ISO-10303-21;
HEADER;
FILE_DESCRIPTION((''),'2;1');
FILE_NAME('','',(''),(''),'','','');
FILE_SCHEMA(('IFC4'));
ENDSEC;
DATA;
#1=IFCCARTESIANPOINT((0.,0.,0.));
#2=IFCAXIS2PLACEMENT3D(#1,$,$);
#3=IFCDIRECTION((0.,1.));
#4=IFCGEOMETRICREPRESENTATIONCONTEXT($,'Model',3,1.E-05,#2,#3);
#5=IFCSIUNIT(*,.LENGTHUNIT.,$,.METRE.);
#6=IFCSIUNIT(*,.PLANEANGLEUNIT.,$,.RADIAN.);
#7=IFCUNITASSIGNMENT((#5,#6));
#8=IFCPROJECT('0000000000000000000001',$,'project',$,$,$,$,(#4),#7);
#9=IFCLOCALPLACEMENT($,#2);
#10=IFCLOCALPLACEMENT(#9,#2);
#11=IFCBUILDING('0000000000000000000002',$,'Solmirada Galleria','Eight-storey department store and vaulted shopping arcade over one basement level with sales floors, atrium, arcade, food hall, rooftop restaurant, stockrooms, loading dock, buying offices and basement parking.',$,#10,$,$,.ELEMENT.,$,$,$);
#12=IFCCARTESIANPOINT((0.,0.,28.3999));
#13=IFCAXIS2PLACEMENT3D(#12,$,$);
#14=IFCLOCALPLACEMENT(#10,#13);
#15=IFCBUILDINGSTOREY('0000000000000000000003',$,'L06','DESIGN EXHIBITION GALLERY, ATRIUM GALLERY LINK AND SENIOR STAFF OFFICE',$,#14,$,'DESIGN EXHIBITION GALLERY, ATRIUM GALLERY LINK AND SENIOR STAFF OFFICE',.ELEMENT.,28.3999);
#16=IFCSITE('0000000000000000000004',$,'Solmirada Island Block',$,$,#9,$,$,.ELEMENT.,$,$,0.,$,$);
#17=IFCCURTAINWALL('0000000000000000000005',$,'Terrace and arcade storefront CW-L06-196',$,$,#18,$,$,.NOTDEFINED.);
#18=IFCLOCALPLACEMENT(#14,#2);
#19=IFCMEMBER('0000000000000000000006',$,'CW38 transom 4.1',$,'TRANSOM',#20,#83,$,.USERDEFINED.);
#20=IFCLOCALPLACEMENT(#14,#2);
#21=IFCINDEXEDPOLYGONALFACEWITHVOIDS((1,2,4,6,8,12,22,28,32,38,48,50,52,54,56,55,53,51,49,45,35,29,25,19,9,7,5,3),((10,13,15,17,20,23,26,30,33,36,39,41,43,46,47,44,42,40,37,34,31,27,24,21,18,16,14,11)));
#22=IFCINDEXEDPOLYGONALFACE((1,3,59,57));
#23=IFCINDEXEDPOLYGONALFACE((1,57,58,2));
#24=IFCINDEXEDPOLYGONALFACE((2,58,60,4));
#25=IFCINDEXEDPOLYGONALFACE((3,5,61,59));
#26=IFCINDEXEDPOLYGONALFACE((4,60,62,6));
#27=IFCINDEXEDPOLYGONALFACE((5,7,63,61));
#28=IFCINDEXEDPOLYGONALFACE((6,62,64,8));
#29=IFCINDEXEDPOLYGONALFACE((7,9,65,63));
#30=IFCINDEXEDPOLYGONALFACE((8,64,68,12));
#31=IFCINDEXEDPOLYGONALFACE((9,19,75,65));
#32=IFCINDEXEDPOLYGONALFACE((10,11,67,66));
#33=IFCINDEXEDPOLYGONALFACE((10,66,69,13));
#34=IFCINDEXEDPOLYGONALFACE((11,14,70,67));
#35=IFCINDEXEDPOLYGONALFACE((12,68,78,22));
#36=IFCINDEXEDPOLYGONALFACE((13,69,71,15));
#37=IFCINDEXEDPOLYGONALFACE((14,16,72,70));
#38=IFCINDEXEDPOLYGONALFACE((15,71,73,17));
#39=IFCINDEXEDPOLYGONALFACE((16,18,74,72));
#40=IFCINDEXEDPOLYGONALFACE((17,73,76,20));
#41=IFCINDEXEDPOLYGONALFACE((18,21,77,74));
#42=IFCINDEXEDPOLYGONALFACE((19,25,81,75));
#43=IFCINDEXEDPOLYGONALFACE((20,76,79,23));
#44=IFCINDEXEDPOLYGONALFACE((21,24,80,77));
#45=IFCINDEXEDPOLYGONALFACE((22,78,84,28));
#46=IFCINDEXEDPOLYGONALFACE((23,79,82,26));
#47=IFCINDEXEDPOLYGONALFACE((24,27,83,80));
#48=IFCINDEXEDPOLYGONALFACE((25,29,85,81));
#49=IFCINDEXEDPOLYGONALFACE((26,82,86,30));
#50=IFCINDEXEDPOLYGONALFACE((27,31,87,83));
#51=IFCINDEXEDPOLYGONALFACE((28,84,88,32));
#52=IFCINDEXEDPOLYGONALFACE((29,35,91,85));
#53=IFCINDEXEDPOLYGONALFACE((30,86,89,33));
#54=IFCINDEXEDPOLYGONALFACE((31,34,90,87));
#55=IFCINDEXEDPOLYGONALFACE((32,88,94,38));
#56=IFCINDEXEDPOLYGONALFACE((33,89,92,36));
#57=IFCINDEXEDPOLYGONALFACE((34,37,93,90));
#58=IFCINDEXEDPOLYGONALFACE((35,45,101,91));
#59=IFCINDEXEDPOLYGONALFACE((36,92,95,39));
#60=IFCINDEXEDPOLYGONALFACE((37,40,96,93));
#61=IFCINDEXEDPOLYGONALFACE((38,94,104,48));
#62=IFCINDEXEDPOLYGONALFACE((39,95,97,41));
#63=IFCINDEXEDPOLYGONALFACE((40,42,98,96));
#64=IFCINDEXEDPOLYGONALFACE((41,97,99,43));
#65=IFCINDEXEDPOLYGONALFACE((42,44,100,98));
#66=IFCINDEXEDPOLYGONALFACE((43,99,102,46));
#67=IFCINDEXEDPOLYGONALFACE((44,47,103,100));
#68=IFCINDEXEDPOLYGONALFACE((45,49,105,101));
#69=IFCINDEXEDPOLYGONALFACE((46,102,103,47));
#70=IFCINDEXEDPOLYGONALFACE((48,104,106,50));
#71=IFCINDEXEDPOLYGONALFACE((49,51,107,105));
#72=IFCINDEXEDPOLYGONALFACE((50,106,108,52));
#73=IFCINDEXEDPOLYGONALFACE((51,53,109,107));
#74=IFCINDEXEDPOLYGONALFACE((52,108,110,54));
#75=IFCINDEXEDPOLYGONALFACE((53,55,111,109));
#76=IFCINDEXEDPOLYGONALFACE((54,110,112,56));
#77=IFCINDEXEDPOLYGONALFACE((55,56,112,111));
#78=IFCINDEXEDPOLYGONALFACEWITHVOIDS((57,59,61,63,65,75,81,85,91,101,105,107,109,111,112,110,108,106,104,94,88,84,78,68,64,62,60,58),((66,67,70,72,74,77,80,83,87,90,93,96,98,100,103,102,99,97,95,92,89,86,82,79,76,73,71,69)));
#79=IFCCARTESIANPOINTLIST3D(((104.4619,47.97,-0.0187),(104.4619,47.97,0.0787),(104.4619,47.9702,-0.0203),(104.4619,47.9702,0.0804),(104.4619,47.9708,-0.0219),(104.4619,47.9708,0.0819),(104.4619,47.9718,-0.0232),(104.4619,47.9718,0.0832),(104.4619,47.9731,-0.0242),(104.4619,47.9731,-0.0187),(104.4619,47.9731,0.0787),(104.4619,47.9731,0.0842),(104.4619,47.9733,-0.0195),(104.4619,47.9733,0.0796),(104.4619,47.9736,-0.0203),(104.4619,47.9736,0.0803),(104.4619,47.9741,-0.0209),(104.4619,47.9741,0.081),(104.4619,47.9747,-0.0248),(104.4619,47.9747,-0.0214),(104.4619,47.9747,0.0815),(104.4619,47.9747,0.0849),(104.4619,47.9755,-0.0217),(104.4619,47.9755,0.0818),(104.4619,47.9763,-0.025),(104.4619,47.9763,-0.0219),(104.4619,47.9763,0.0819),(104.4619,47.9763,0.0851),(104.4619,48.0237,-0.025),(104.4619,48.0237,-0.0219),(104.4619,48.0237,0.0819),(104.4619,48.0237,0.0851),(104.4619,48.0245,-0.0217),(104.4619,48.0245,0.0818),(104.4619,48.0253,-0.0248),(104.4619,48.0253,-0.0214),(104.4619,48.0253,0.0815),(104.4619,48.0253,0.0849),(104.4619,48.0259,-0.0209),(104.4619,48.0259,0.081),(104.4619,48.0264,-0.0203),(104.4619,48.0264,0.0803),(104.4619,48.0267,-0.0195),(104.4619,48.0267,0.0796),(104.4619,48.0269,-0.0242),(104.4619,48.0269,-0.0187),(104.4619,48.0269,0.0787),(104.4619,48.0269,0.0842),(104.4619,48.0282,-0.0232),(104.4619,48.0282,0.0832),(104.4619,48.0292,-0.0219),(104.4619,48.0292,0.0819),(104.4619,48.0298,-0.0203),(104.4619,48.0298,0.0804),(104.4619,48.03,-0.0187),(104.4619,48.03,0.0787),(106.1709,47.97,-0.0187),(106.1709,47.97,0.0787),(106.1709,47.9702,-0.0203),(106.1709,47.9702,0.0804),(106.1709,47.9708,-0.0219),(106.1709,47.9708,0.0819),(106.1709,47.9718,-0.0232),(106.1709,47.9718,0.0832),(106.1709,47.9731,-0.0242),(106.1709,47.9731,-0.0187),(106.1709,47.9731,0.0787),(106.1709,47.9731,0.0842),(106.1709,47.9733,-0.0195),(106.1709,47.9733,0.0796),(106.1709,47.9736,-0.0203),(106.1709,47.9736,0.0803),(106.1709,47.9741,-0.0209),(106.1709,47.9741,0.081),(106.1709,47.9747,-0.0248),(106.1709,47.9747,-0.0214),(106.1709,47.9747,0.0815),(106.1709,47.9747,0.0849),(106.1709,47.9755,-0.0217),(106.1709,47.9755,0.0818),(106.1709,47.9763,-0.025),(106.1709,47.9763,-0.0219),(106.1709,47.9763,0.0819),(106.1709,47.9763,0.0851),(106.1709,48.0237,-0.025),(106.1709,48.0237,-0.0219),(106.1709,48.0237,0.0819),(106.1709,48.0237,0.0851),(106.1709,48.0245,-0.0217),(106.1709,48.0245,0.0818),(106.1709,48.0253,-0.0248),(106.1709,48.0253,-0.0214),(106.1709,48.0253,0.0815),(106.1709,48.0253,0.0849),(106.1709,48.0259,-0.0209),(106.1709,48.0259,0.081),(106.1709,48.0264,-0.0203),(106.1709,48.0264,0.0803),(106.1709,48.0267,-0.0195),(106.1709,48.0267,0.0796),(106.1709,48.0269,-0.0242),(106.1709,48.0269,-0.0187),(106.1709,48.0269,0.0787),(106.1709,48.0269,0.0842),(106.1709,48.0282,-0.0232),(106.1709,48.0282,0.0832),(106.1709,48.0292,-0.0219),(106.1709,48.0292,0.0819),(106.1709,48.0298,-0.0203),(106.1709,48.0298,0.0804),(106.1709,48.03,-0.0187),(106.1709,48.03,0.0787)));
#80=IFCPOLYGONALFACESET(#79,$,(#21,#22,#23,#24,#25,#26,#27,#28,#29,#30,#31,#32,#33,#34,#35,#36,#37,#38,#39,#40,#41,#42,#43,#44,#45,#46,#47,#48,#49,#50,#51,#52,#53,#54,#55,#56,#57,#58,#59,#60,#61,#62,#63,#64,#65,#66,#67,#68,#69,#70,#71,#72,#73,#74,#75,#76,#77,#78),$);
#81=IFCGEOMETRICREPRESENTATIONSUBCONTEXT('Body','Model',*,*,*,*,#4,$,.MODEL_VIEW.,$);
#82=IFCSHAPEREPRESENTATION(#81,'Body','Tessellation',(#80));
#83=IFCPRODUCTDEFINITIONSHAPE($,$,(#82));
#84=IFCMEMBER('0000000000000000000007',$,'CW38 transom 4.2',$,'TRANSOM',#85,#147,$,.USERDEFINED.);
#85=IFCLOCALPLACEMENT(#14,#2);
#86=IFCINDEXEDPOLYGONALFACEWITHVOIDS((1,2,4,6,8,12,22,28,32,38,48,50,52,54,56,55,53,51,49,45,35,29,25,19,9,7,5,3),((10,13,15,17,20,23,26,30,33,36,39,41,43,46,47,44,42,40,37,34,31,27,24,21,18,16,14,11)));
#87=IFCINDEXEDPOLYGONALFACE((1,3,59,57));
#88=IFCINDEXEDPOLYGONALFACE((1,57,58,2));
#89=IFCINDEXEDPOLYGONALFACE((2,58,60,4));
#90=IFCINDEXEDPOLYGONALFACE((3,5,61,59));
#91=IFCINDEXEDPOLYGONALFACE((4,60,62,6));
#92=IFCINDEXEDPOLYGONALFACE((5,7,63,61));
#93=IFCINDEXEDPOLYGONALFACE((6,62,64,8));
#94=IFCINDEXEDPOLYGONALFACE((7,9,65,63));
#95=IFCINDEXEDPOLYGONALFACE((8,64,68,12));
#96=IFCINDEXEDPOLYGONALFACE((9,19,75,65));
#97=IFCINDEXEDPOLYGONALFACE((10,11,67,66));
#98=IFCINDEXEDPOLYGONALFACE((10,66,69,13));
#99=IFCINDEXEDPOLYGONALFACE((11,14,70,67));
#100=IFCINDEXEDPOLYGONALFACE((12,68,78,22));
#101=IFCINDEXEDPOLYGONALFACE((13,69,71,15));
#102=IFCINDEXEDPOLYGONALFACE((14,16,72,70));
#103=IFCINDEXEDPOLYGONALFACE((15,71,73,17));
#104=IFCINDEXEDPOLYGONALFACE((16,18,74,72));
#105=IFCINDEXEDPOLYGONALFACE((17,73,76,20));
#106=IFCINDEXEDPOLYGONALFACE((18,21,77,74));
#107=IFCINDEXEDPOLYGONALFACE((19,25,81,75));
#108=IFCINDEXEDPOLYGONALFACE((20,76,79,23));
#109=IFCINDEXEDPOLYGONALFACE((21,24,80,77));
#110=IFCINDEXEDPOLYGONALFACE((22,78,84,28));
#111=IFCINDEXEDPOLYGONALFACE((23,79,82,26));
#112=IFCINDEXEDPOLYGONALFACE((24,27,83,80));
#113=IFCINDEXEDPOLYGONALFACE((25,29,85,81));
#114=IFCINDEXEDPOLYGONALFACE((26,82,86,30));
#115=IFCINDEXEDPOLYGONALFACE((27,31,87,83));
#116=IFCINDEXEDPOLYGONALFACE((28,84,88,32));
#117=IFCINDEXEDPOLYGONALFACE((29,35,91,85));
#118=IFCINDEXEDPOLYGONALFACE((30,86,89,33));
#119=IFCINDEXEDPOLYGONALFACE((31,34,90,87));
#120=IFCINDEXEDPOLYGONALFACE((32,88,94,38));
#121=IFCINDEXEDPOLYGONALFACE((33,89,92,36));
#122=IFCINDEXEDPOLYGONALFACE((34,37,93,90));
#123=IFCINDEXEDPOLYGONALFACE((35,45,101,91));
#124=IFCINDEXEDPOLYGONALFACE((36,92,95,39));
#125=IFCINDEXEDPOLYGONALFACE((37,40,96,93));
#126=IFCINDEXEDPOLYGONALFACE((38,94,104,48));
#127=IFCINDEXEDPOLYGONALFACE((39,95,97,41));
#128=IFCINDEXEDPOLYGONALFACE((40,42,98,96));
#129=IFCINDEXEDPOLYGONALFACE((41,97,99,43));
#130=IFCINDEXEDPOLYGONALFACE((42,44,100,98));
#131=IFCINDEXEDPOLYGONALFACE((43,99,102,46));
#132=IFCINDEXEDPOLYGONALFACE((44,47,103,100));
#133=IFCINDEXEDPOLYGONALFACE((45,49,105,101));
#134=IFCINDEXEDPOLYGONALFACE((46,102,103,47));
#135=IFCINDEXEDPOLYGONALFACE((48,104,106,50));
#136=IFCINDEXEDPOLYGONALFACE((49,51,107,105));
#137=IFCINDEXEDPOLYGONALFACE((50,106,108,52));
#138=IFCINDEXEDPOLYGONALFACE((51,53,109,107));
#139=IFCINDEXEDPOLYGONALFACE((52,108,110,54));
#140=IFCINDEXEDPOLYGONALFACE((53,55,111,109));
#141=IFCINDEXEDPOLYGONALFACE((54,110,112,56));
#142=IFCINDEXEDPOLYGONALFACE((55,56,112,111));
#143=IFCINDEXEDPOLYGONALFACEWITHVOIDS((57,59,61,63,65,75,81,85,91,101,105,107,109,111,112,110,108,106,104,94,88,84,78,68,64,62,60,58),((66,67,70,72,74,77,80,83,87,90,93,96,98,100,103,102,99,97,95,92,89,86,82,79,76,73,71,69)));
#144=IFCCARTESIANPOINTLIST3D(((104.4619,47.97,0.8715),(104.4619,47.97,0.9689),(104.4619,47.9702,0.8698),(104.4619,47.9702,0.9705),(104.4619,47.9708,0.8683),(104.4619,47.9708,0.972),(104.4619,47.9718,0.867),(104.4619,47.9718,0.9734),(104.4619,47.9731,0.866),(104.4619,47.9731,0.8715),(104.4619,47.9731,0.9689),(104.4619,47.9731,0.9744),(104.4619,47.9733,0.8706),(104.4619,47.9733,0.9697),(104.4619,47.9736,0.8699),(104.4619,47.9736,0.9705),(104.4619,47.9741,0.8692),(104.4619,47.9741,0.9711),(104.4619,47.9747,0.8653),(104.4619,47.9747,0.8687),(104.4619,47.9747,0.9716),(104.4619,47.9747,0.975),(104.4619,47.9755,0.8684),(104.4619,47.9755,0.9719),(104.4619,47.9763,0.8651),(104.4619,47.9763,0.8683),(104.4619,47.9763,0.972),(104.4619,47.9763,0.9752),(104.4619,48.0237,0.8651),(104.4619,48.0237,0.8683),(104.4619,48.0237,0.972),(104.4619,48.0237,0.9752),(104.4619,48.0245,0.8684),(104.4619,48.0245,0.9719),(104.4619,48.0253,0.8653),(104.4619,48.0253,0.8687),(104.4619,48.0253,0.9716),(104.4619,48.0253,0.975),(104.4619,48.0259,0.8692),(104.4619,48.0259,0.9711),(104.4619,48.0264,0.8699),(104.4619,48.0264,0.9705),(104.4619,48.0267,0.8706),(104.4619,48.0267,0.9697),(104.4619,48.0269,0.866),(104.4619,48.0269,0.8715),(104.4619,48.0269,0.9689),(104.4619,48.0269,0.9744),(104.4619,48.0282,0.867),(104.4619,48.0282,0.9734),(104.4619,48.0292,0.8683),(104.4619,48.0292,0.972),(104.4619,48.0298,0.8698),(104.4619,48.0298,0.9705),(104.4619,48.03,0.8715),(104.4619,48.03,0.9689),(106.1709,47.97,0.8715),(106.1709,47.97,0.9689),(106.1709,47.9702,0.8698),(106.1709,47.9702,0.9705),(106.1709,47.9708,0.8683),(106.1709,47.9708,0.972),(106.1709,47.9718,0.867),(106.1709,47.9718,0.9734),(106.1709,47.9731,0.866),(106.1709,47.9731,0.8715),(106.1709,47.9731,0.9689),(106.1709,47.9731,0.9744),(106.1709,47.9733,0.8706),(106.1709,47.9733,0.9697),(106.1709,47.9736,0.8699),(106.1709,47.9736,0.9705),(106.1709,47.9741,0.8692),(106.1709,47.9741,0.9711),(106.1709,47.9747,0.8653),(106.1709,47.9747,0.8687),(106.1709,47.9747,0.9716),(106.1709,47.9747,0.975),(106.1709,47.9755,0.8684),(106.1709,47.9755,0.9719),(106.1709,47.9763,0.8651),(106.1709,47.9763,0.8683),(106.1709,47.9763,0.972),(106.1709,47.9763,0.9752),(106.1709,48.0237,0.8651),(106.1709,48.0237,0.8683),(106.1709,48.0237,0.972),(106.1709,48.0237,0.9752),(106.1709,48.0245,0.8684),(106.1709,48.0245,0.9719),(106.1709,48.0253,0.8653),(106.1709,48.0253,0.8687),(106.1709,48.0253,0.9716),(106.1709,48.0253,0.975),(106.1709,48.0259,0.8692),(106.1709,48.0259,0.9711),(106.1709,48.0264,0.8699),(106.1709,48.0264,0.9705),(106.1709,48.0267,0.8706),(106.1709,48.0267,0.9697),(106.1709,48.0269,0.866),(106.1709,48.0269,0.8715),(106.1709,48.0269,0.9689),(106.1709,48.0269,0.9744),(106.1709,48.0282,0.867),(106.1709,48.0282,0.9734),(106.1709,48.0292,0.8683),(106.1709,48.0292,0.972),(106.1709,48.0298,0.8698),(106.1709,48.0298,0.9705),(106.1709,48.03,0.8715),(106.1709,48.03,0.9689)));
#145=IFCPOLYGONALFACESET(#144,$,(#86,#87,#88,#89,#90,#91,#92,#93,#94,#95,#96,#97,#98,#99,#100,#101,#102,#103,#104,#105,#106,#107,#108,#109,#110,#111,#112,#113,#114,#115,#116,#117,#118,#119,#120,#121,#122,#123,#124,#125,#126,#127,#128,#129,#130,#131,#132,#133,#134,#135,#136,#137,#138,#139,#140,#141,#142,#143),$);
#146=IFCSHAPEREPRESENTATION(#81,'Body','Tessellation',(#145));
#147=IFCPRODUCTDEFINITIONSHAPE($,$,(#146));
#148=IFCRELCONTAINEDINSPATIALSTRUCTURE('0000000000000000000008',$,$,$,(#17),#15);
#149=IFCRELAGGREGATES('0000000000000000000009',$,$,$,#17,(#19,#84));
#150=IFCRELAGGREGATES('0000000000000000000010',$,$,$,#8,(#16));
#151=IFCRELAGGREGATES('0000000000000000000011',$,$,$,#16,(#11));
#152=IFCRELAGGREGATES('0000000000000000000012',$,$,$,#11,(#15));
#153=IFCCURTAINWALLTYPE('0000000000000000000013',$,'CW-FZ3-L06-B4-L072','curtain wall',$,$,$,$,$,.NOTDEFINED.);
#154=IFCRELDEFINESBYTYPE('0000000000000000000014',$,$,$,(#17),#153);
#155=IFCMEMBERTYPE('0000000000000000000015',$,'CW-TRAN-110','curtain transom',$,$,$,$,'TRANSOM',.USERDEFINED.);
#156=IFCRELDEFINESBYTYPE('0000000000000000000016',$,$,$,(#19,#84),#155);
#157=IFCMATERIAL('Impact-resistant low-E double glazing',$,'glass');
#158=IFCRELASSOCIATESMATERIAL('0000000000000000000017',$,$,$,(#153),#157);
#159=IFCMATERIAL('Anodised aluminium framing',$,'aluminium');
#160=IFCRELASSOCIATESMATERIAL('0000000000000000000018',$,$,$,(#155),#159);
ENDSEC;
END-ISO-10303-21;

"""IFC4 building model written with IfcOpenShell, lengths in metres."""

from ifc_helpers import new_model, si_unit, direction, frame, origin, origin_2d, place, context, subcontext, project, spatial, hollow_rectangle, extrude, material, material_profile, profile_set, type_object, element, aggregate, save


model = new_model("IFC4")

# Units and contexts
model_context = context("Model", 3, precision=1e-05, world=origin(), true_north=direction((0.0, 1.0)))
body_context = subcontext(model_context, "Body", "Model", "MODEL_VIEW")
ifc_project = project(units=[si_unit("LENGTHUNIT", "METRE"), si_unit("PLANEANGLEUNIT", "RADIAN")], contexts=[model_context])

# Site, building, storey
site_placement = place(None, origin())
site = spatial("IfcSite", under=ifc_project, at=site_placement, Name="Solmirada Island Block", CompositionType="ELEMENT", RefElevation=0.0)
building_placement = place(site_placement, origin())
building = spatial("IfcBuilding", under=site, at=building_placement, Name="Solmirada Galleria", Description="Eight-storey department store and vaulted shopping arcade over one basement level with sales floors, atrium, arcade, food hall, rooftop restaurant, stockrooms, loading dock, buying offices and basement parking.", CompositionType="ELEMENT")
storey_placement = place(building_placement, frame((0.0, 0.0, 28.3999)))
storey = spatial("IfcBuildingStorey", under=building, at=storey_placement, Name="L06", Description="DESIGN EXHIBITION GALLERY, ATRIUM GALLERY LINK AND SENIOR STAFF OFFICE", LongName="DESIGN EXHIBITION GALLERY, ATRIUM GALLERY LINK AND SENIOR STAFF OFFICE", CompositionType="ELEMENT", Elevation=28.3999)

# Shared definitions
ifc_material_1 = material(Name="Impact-resistant low-E double glazing", Category="glass")
curtain_wall_type = type_object("IfcCurtainWallType", Name="CW-FZ3-L06-B4-L072", Description="curtain wall", PredefinedType="NOTDEFINED", material=ifc_material_1)
ifc_material_2 = material(Name="Anodised aluminium framing", Category="aluminium")

# Curtain wall
curtain_wall_1_placement = place(storey_placement, origin())
curtain_wall_1 = element("IfcCurtainWall", 1, at=curtain_wall_1_placement, inside=storey, type_object=curtain_wall_type, Name="Terrace and arcade storefront CW-L06-196", PredefinedType="NOTDEFINED")

# Members
ifc_material_profile_1 = material_profile(ifc_material_2, hollow_rectangle(XDim=0.0601, YDim=0.1101, WallThickness=0.0032, InnerFilletRadius=0.0032, OuterFilletRadius=0.0063, at=origin_2d()), Name="ALU-TRAN-110X60")
ifc_profile_set_1 = profile_set([ifc_material_profile_1], Name="Anodised aluminium framing")
member_type_1 = type_object("IfcMemberType", Name="CW-TRAN-110", Description="curtain transom", ElementType="TRANSOM", PredefinedType="USERDEFINED", material=ifc_profile_set_1)
member_1_placement = place(storey_placement, frame((106.1709, 48.0, 0.03), z_axis=(-1.0, 0.0, 0.0), x_axis=(0.0, -1.0, 0.0)))
member_1 = element("IfcMember", 2, at=member_1_placement, type_object=member_type_1, Name="CW38 transom 4.1", ObjectType="TRANSOM", PredefinedType="USERDEFINED", context=body_context, shape_type="SweptSolid", body=[
    extrude(hollow_rectangle(XDim=0.0601, YDim=0.1101, WallThickness=0.0032, InnerFilletRadius=0.0032, OuterFilletRadius=0.0063, at=origin_2d()), origin(), (0.0, 0.0, 1.0), 1.709),
])
member_2_placement = place(storey_placement, frame((106.1709, 48.0, 0.9202), z_axis=(-1.0, 0.0, 0.0), x_axis=(0.0, -1.0, 0.0)))
member_2 = element("IfcMember", 3, at=member_2_placement, type_object=member_type_1, Name="CW38 transom 4.2", ObjectType="TRANSOM", PredefinedType="USERDEFINED", context=body_context, shape_type="SweptSolid", body=[
    extrude(hollow_rectangle(XDim=0.0601, YDim=0.1101, WallThickness=0.0032, InnerFilletRadius=0.0032, OuterFilletRadius=0.0063, at=origin_2d()), origin(), (0.0, 0.0, 1.0), 1.709),
])

aggregate(curtain_wall_1, [member_1, member_2])

save(model, "model.ifc")
